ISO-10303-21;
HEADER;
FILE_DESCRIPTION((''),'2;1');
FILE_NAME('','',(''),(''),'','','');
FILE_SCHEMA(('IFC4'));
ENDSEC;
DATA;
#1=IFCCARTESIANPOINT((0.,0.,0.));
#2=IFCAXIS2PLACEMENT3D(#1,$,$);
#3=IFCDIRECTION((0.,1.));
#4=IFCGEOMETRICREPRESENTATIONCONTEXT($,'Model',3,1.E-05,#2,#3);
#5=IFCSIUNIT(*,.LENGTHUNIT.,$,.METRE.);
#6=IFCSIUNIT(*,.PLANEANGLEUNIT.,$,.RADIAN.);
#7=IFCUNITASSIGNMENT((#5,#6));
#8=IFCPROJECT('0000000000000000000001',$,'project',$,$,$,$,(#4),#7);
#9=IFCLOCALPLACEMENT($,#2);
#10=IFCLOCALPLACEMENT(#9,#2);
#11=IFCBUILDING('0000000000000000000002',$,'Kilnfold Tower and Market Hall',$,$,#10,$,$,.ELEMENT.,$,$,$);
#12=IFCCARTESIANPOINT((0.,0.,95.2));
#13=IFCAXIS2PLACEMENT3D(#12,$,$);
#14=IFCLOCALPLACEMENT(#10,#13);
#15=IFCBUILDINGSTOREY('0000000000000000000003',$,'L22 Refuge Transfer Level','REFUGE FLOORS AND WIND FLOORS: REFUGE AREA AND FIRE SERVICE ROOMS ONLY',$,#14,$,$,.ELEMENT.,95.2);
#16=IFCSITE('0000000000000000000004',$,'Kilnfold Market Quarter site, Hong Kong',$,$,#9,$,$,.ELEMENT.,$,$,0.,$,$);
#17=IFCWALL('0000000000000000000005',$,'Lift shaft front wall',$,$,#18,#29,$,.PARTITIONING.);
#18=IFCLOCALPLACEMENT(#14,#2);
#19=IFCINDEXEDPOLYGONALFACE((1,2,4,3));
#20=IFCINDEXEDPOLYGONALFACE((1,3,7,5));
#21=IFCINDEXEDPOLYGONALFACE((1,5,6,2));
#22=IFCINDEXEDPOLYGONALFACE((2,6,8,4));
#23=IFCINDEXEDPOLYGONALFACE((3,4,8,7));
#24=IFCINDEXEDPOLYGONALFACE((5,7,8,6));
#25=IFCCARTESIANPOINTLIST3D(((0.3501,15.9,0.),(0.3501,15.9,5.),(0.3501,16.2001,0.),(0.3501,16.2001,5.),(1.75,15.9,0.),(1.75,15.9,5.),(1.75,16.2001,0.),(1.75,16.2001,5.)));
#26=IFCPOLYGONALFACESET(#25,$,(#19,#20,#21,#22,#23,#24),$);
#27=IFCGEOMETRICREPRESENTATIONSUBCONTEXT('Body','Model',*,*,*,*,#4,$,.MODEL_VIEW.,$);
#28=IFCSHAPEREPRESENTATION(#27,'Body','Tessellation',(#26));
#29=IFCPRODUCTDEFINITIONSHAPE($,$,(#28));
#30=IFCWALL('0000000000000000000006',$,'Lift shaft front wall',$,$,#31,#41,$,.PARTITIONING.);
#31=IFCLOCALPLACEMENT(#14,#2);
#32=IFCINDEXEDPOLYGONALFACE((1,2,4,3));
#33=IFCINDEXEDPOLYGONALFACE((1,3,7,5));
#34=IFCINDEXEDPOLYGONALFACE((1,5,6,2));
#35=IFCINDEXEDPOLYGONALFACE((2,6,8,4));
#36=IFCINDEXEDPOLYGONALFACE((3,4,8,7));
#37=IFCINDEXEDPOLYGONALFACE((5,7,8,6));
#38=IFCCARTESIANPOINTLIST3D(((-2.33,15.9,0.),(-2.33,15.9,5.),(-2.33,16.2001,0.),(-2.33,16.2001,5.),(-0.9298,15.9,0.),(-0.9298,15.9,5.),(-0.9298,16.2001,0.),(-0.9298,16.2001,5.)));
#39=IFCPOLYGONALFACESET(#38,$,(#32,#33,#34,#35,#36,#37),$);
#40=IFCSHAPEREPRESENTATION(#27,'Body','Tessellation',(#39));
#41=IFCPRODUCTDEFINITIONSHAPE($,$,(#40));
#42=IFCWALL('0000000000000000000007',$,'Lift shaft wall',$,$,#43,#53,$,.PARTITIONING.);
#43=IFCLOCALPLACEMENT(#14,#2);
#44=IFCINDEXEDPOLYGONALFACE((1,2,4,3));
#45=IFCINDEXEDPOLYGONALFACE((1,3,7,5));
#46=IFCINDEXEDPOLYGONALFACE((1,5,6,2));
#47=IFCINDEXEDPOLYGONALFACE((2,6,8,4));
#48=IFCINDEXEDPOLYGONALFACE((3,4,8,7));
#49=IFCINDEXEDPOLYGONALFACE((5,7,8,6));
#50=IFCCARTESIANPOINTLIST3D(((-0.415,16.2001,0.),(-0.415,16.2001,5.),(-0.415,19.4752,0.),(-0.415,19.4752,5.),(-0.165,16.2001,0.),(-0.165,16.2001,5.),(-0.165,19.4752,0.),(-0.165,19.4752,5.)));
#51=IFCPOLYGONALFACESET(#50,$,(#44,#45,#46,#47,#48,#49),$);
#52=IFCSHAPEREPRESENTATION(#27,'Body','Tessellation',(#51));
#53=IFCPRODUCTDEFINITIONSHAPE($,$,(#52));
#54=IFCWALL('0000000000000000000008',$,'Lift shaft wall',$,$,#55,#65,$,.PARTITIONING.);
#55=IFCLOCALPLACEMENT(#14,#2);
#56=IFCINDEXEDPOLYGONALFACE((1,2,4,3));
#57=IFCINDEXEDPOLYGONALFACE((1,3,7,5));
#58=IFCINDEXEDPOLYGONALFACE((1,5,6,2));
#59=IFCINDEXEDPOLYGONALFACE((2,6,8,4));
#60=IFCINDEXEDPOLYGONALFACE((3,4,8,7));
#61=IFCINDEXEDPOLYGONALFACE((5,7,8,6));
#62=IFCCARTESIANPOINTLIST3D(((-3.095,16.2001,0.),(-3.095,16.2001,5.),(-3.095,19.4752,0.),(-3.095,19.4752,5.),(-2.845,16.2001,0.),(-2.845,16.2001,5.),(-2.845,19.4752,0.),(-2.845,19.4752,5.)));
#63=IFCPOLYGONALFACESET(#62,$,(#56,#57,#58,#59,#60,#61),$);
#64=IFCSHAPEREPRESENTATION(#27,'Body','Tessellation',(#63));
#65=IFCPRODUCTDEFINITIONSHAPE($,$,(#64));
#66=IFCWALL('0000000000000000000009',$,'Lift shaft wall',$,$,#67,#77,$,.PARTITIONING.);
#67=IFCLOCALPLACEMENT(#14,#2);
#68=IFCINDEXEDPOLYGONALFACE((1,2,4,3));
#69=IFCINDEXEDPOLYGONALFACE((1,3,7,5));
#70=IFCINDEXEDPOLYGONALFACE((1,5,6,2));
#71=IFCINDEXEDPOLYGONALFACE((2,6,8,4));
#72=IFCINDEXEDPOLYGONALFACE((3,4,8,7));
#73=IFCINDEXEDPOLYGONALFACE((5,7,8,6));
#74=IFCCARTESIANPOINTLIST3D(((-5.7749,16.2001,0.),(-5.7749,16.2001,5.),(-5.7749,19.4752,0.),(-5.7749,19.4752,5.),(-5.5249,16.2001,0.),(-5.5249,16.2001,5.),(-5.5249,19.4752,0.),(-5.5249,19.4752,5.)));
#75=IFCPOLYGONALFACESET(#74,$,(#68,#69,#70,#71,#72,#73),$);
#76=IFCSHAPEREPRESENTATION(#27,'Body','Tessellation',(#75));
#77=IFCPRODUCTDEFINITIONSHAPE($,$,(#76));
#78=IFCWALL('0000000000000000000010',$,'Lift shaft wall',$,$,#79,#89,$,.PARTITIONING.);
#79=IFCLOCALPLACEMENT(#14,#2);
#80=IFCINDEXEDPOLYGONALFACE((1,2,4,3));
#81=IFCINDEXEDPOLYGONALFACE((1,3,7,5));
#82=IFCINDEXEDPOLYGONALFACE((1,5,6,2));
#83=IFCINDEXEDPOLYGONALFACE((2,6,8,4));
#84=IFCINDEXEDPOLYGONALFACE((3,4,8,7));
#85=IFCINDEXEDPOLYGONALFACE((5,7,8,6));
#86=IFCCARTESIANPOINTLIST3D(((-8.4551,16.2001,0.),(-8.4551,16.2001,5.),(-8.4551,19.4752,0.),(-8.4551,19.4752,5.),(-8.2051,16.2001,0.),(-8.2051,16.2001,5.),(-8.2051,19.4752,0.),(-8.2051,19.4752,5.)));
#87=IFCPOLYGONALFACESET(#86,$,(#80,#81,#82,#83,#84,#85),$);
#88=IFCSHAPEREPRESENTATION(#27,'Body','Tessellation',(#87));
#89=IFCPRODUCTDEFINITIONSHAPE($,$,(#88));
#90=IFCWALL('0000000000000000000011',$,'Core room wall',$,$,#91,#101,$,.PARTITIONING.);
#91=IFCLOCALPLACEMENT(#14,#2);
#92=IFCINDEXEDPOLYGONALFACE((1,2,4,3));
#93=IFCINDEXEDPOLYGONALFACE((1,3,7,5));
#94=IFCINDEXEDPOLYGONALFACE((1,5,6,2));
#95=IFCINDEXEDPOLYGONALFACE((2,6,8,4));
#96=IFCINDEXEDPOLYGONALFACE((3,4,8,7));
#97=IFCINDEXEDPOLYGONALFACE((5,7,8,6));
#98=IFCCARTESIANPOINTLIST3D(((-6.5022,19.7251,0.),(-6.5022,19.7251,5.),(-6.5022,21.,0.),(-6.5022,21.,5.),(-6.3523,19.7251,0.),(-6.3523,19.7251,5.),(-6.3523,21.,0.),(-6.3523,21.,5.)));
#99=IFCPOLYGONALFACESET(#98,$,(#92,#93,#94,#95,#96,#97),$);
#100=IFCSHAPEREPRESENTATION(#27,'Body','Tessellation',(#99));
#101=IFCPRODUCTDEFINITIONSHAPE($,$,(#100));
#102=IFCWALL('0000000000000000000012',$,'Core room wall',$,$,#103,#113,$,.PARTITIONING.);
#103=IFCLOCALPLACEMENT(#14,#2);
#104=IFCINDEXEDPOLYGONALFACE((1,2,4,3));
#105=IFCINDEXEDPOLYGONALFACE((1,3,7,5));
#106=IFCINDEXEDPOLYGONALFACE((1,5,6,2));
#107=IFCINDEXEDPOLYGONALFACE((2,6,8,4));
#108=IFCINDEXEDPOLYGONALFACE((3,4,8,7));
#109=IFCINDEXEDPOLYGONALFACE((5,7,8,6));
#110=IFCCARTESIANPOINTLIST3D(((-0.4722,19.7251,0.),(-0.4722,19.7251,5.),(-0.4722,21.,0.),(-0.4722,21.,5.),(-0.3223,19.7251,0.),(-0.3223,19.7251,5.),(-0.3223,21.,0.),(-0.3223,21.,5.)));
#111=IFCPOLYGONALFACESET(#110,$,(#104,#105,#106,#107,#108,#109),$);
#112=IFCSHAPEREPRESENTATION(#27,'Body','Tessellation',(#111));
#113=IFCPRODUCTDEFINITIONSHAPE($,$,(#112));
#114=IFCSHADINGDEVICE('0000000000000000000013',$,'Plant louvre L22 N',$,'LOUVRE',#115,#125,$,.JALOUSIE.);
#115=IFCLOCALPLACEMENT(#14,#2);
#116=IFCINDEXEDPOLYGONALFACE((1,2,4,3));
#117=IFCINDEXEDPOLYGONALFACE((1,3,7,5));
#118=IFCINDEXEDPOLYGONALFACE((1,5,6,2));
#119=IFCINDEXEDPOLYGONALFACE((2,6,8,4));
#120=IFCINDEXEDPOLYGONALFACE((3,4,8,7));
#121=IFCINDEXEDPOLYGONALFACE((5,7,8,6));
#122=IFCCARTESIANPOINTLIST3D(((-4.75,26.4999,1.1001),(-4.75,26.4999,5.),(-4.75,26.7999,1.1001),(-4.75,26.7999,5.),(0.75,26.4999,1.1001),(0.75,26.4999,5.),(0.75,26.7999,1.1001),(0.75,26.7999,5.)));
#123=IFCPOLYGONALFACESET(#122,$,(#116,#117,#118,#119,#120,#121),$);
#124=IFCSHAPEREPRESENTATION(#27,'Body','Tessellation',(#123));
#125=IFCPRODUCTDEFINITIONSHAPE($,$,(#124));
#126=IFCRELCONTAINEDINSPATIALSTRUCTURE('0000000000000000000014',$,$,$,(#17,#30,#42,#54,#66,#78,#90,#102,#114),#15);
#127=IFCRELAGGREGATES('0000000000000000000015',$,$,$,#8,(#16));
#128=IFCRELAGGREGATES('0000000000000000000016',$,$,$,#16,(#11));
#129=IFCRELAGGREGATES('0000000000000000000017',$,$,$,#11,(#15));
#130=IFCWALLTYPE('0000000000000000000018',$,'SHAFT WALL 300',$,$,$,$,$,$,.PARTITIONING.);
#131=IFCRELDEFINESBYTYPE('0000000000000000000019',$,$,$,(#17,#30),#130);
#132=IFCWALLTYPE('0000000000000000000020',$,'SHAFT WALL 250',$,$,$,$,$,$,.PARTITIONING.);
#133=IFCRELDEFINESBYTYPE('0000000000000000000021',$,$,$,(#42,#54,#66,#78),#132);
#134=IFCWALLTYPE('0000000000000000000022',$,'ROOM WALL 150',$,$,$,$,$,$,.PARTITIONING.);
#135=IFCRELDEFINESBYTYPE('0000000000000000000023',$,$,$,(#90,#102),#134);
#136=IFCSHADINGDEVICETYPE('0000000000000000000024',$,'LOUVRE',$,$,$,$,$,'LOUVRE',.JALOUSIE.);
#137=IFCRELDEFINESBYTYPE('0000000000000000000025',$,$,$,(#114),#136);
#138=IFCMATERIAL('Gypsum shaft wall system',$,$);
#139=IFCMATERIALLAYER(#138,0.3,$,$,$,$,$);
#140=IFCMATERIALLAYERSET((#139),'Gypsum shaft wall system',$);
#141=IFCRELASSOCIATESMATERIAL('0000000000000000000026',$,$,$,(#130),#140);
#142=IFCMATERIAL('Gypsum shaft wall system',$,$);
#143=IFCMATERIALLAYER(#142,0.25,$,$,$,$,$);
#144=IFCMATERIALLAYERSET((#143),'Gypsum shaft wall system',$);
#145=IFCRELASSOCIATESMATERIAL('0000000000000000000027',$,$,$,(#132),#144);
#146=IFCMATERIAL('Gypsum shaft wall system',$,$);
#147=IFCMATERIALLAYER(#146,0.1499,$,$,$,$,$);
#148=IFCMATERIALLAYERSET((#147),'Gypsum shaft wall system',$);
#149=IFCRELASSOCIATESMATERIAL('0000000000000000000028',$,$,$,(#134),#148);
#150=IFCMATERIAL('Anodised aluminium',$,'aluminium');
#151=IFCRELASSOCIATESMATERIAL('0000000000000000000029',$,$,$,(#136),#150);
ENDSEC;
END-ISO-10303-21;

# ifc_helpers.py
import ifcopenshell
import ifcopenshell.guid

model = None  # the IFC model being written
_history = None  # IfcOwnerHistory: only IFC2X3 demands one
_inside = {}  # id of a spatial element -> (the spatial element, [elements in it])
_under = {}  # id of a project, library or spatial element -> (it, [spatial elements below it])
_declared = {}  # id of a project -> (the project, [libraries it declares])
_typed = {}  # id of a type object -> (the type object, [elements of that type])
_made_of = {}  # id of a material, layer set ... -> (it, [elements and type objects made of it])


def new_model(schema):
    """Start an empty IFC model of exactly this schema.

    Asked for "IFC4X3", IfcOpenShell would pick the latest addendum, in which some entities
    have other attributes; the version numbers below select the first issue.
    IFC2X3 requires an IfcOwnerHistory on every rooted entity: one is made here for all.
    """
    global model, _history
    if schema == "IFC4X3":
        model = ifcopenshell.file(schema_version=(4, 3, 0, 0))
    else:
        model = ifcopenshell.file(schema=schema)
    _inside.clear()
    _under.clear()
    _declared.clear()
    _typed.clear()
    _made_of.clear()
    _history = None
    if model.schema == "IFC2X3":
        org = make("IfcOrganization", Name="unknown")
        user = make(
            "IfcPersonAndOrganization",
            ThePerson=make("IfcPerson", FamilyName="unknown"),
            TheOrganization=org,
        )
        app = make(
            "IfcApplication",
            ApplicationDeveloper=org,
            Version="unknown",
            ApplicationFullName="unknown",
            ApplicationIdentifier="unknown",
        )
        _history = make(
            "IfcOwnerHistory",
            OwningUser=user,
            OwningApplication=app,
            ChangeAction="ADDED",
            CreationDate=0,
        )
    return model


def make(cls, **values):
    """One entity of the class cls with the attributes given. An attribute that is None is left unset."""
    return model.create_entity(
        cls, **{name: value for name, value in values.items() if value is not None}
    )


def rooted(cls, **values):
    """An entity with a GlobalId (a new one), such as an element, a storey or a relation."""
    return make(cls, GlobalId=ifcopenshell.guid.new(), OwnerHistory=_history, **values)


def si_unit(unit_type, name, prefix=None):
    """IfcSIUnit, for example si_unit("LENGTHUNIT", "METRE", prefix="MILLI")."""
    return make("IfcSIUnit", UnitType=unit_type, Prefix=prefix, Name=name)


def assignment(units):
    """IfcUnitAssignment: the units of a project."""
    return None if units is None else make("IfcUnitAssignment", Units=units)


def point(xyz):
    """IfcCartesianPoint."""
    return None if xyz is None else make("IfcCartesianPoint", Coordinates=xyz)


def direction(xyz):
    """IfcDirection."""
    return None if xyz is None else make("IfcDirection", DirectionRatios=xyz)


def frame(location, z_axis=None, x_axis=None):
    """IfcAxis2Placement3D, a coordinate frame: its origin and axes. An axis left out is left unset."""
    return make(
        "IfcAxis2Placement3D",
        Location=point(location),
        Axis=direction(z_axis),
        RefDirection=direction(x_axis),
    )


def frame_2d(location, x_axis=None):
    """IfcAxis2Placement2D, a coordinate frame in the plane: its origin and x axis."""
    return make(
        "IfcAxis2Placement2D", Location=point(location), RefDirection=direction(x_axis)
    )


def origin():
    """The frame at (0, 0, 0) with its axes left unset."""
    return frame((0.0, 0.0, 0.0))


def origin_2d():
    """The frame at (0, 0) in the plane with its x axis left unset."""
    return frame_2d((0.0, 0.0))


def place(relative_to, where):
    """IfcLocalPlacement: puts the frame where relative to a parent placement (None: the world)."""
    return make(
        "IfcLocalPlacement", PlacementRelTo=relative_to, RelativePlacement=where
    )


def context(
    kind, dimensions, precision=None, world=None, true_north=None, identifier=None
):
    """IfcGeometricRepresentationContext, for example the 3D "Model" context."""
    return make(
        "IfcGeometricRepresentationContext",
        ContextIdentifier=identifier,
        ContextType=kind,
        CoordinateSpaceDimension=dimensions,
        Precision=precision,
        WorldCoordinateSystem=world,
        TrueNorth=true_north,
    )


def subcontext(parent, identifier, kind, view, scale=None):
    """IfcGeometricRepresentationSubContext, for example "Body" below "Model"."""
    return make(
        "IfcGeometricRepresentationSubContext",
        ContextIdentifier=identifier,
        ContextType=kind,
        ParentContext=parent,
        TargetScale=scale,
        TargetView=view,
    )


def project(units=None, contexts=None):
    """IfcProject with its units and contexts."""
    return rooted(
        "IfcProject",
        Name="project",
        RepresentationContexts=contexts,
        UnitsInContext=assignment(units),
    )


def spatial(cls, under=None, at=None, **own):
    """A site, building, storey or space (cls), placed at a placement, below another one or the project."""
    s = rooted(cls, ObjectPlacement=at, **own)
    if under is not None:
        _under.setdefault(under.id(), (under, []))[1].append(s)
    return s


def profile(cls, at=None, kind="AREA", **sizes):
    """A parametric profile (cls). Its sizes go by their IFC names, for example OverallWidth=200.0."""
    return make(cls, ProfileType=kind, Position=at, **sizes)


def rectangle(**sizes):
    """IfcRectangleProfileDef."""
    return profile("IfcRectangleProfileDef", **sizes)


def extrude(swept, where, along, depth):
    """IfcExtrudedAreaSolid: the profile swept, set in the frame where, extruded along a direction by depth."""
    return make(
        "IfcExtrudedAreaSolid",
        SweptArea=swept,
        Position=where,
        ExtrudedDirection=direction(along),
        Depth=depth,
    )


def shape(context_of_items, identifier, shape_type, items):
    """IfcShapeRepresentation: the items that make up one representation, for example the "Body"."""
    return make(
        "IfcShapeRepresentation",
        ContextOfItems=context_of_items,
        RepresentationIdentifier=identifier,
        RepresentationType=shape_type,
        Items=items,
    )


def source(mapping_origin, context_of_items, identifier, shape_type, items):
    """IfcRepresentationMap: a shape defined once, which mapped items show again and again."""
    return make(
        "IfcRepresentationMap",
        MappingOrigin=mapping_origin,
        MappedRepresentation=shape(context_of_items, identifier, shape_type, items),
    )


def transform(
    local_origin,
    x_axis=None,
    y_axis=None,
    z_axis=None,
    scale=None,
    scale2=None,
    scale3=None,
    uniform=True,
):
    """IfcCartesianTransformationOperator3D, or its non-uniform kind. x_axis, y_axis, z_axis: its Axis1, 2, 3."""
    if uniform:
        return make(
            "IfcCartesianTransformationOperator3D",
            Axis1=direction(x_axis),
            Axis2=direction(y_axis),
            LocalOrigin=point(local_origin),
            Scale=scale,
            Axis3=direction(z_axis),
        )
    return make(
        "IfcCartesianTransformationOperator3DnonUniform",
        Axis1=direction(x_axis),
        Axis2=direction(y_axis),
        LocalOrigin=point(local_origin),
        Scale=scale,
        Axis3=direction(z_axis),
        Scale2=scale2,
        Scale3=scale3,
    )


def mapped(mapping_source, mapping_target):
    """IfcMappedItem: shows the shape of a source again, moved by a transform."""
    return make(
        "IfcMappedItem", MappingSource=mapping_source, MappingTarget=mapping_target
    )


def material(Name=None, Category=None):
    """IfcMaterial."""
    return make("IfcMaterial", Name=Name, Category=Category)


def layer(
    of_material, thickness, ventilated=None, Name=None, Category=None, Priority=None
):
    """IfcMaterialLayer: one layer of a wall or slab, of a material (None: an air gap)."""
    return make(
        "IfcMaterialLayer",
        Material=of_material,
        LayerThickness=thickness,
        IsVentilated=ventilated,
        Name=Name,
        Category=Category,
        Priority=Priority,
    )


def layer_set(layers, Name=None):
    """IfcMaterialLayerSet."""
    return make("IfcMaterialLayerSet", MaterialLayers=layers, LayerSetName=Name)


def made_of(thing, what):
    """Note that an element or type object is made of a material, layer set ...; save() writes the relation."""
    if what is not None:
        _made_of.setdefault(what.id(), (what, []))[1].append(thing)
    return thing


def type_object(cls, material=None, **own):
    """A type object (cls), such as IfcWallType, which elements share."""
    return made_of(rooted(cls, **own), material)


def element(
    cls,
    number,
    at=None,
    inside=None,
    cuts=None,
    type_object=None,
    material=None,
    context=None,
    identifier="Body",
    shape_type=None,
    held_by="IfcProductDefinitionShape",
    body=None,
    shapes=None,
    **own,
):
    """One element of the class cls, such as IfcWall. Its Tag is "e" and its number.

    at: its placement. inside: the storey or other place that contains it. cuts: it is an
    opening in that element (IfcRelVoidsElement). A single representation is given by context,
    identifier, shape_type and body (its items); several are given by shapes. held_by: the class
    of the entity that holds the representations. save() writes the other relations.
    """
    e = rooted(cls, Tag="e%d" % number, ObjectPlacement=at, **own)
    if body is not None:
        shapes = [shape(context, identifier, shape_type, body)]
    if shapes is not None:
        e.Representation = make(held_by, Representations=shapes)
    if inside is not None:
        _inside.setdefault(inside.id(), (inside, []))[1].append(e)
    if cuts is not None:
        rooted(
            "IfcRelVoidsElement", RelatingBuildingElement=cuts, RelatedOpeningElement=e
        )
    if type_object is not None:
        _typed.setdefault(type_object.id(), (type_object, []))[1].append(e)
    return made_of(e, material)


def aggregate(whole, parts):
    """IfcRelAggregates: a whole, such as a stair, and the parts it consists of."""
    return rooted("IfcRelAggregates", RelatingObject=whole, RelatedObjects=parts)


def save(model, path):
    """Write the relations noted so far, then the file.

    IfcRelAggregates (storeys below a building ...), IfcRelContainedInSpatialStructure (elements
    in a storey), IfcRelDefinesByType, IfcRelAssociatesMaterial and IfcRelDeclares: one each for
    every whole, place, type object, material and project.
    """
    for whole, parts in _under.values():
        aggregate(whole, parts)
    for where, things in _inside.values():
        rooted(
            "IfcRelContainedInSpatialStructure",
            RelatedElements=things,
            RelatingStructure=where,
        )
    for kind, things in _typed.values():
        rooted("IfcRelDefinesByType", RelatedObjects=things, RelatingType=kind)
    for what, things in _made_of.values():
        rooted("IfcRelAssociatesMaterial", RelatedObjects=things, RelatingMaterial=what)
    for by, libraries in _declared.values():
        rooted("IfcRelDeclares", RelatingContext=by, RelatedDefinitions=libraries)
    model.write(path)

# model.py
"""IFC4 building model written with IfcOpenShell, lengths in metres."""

from ifc_helpers import new_model, si_unit, direction, frame, frame_2d, origin, origin_2d, place, context, subcontext, project, spatial, rectangle, extrude, source, transform, mapped, material, layer, layer_set, type_object, element, save


model = new_model("IFC4")

# Units and contexts
model_context = context("Model", 3, precision=1e-05, world=origin(), true_north=direction((0.0, 1.0)))
body_context = subcontext(model_context, "Body", "Model", "MODEL_VIEW")
ifc_project = project(units=[si_unit("LENGTHUNIT", "METRE"), si_unit("PLANEANGLEUNIT", "RADIAN")], contexts=[model_context])

# Site, building, storey
site_placement = place(None, origin())
site = spatial("IfcSite", under=ifc_project, at=site_placement, Name="Kilnfold Market Quarter site, Hong Kong", CompositionType="ELEMENT", RefElevation=0.0)
building_placement = place(site_placement, origin())
building = spatial("IfcBuilding", under=site, at=building_placement, Name="Kilnfold Tower and Market Hall", CompositionType="ELEMENT")
storey_placement = place(building_placement, frame((0.0, 0.0, 95.2)))
storey = spatial("IfcBuildingStorey", under=building, at=storey_placement, Name="L22 Refuge Transfer Level", Description="REFUGE FLOORS AND WIND FLOORS: REFUGE AREA AND FIRE SERVICE ROOMS ONLY", CompositionType="ELEMENT", Elevation=95.2)

# Walls
ifc_material_1 = material(Name="Gypsum shaft wall system")
ifc_layer_1 = layer(ifc_material_1, 0.3)
ifc_layer_set_1 = layer_set([ifc_layer_1], Name="Gypsum shaft wall system")
wall_type_1 = type_object("IfcWallType", Name="SHAFT WALL 300", PredefinedType="PARTITIONING", material=ifc_layer_set_1)
shared_shape_1 = source(origin(), body_context, "Body", "SweptSolid", [
    extrude(rectangle(XDim=1.3999, YDim=0.3, at=frame_2d((0.7, 0.0))), origin(), (0.0, 0.0, 1.0), 5.0),
])
for number, where, z_axis, x_axis, name in (
    (1, (0.3501, 16.05, 0.0), (0.0, 0.0, 1.0), (1.0, 0.0, 0.0), "Lift shaft front wall"),
):
    element("IfcWall", number, at=place(storey_placement, frame(where, z_axis=z_axis, x_axis=x_axis)), inside=storey, type_object=wall_type_1, Name=name, PredefinedType="PARTITIONING", context=body_context, shape_type="MappedRepresentation", body=[
        mapped(shared_shape_1, transform((0.0, 0.0, 0.0))),
    ])
shared_shape_2 = source(origin(), body_context, "Body", "SweptSolid", [
    extrude(rectangle(XDim=1.4001, YDim=0.3, at=frame_2d((0.7002, 0.0))), origin(), (0.0, 0.0, 1.0), 5.0),
])
wall_placement = place(storey_placement, frame((-2.3301, 16.05, 0.0), z_axis=(0.0, 0.0, 1.0), x_axis=(1.0, 0.0, 0.0)))
element("IfcWall", 2, at=wall_placement, inside=storey, type_object=wall_type_1, Name="Lift shaft front wall", PredefinedType="PARTITIONING", context=body_context, shape_type="MappedRepresentation", body=[
    mapped(shared_shape_2, transform((0.0, 0.0, 0.0))),
])
ifc_material_2 = material(Name="Gypsum shaft wall system")
ifc_layer_2 = layer(ifc_material_2, 0.25)
ifc_layer_set_2 = layer_set([ifc_layer_2], Name="Gypsum shaft wall system")
wall_type_2 = type_object("IfcWallType", Name="SHAFT WALL 250", PredefinedType="PARTITIONING", material=ifc_layer_set_2)
shared_shape_3 = source(origin(), body_context, "Body", "SweptSolid", [
    extrude(rectangle(XDim=3.2751, YDim=0.25, at=frame_2d((1.6377, 0.0))), origin(), (0.0, 0.0, 1.0), 5.0),
])
for number, where, z_axis, x_axis, name in (
    (3, (-0.29, 16.2, 0.0), (0.0, 0.0, 1.0), (0.0, 1.0, 0.0), "Lift shaft wall"),
    (4, (-2.97, 16.2, 0.0), (0.0, 0.0, 1.0), (0.0, 1.0, 0.0), "Lift shaft wall"),
    (5, (-5.6499, 16.2, 0.0), (0.0, 0.0, 1.0), (0.0, 1.0, 0.0), "Lift shaft wall"),
    (6, (-8.3301, 16.2, 0.0), (0.0, 0.0, 1.0), (0.0, 1.0, 0.0), "Lift shaft wall"),
):
    element("IfcWall", number, at=place(storey_placement, frame(where, z_axis=z_axis, x_axis=x_axis)), inside=storey, type_object=wall_type_2, Name=name, PredefinedType="PARTITIONING", context=body_context, shape_type="MappedRepresentation", body=[
        mapped(shared_shape_3, transform((0.0, 0.0, 0.0))),
    ])
ifc_material_3 = material(Name="Gypsum shaft wall system")
ifc_layer_3 = layer(ifc_material_3, 0.1499)
ifc_layer_set_3 = layer_set([ifc_layer_3], Name="Gypsum shaft wall system")
wall_type_3 = type_object("IfcWallType", Name="ROOM WALL 150", PredefinedType="PARTITIONING", material=ifc_layer_set_3)
shared_shape_4 = source(origin(), body_context, "Body", "SweptSolid", [
    extrude(rectangle(XDim=1.2749, YDim=0.1499, at=frame_2d((0.6375, 0.0))), origin(), (0.0, 0.0, 1.0), 5.0),
])
for number, where, z_axis, x_axis, name in (
    (7, (-6.4272, 19.7251, 0.0), (0.0, 0.0, 1.0), (0.0, 1.0, 0.0), "Core room wall"),
    (8, (-0.3972, 19.7251, 0.0), (0.0, 0.0, 1.0), (0.0, 1.0, 0.0), "Core room wall"),
):
    element("IfcWall", number, at=place(storey_placement, frame(where, z_axis=z_axis, x_axis=x_axis)), inside=storey, type_object=wall_type_3, Name=name, PredefinedType="PARTITIONING", context=body_context, shape_type="MappedRepresentation", body=[
        mapped(shared_shape_4, transform((0.0, 0.0, 0.0))),
    ])

# Shading device
ifc_material_4 = material(Name="Anodised aluminium", Category="aluminium")
shading_device_type = type_object("IfcShadingDeviceType", Name="LOUVRE", ElementType="LOUVRE", PredefinedType="JALOUSIE", material=ifc_material_4)
shared_shape_5 = source(origin(), body_context, "Body", "SweptSolid", [
    extrude(rectangle(XDim=5.5, YDim=0.3, at=origin_2d()), origin(), (0.0, 0.0, 1.0), 3.8999),
])
shading_device_placement = place(storey_placement, frame((-2.0, 26.6499, 1.1001), z_axis=(0.0, 0.0, 1.0), x_axis=(-1.0, 0.0, 0.0)))
element("IfcShadingDevice", 9, at=shading_device_placement, inside=storey, type_object=shading_device_type, Name="Plant louvre L22 N", ObjectType="LOUVRE", PredefinedType="JALOUSIE", context=body_context, shape_type="MappedRepresentation", body=[
    mapped(shared_shape_5, transform((0.0, 0.0, 0.0))),
])

save(model, "model.ifc")
